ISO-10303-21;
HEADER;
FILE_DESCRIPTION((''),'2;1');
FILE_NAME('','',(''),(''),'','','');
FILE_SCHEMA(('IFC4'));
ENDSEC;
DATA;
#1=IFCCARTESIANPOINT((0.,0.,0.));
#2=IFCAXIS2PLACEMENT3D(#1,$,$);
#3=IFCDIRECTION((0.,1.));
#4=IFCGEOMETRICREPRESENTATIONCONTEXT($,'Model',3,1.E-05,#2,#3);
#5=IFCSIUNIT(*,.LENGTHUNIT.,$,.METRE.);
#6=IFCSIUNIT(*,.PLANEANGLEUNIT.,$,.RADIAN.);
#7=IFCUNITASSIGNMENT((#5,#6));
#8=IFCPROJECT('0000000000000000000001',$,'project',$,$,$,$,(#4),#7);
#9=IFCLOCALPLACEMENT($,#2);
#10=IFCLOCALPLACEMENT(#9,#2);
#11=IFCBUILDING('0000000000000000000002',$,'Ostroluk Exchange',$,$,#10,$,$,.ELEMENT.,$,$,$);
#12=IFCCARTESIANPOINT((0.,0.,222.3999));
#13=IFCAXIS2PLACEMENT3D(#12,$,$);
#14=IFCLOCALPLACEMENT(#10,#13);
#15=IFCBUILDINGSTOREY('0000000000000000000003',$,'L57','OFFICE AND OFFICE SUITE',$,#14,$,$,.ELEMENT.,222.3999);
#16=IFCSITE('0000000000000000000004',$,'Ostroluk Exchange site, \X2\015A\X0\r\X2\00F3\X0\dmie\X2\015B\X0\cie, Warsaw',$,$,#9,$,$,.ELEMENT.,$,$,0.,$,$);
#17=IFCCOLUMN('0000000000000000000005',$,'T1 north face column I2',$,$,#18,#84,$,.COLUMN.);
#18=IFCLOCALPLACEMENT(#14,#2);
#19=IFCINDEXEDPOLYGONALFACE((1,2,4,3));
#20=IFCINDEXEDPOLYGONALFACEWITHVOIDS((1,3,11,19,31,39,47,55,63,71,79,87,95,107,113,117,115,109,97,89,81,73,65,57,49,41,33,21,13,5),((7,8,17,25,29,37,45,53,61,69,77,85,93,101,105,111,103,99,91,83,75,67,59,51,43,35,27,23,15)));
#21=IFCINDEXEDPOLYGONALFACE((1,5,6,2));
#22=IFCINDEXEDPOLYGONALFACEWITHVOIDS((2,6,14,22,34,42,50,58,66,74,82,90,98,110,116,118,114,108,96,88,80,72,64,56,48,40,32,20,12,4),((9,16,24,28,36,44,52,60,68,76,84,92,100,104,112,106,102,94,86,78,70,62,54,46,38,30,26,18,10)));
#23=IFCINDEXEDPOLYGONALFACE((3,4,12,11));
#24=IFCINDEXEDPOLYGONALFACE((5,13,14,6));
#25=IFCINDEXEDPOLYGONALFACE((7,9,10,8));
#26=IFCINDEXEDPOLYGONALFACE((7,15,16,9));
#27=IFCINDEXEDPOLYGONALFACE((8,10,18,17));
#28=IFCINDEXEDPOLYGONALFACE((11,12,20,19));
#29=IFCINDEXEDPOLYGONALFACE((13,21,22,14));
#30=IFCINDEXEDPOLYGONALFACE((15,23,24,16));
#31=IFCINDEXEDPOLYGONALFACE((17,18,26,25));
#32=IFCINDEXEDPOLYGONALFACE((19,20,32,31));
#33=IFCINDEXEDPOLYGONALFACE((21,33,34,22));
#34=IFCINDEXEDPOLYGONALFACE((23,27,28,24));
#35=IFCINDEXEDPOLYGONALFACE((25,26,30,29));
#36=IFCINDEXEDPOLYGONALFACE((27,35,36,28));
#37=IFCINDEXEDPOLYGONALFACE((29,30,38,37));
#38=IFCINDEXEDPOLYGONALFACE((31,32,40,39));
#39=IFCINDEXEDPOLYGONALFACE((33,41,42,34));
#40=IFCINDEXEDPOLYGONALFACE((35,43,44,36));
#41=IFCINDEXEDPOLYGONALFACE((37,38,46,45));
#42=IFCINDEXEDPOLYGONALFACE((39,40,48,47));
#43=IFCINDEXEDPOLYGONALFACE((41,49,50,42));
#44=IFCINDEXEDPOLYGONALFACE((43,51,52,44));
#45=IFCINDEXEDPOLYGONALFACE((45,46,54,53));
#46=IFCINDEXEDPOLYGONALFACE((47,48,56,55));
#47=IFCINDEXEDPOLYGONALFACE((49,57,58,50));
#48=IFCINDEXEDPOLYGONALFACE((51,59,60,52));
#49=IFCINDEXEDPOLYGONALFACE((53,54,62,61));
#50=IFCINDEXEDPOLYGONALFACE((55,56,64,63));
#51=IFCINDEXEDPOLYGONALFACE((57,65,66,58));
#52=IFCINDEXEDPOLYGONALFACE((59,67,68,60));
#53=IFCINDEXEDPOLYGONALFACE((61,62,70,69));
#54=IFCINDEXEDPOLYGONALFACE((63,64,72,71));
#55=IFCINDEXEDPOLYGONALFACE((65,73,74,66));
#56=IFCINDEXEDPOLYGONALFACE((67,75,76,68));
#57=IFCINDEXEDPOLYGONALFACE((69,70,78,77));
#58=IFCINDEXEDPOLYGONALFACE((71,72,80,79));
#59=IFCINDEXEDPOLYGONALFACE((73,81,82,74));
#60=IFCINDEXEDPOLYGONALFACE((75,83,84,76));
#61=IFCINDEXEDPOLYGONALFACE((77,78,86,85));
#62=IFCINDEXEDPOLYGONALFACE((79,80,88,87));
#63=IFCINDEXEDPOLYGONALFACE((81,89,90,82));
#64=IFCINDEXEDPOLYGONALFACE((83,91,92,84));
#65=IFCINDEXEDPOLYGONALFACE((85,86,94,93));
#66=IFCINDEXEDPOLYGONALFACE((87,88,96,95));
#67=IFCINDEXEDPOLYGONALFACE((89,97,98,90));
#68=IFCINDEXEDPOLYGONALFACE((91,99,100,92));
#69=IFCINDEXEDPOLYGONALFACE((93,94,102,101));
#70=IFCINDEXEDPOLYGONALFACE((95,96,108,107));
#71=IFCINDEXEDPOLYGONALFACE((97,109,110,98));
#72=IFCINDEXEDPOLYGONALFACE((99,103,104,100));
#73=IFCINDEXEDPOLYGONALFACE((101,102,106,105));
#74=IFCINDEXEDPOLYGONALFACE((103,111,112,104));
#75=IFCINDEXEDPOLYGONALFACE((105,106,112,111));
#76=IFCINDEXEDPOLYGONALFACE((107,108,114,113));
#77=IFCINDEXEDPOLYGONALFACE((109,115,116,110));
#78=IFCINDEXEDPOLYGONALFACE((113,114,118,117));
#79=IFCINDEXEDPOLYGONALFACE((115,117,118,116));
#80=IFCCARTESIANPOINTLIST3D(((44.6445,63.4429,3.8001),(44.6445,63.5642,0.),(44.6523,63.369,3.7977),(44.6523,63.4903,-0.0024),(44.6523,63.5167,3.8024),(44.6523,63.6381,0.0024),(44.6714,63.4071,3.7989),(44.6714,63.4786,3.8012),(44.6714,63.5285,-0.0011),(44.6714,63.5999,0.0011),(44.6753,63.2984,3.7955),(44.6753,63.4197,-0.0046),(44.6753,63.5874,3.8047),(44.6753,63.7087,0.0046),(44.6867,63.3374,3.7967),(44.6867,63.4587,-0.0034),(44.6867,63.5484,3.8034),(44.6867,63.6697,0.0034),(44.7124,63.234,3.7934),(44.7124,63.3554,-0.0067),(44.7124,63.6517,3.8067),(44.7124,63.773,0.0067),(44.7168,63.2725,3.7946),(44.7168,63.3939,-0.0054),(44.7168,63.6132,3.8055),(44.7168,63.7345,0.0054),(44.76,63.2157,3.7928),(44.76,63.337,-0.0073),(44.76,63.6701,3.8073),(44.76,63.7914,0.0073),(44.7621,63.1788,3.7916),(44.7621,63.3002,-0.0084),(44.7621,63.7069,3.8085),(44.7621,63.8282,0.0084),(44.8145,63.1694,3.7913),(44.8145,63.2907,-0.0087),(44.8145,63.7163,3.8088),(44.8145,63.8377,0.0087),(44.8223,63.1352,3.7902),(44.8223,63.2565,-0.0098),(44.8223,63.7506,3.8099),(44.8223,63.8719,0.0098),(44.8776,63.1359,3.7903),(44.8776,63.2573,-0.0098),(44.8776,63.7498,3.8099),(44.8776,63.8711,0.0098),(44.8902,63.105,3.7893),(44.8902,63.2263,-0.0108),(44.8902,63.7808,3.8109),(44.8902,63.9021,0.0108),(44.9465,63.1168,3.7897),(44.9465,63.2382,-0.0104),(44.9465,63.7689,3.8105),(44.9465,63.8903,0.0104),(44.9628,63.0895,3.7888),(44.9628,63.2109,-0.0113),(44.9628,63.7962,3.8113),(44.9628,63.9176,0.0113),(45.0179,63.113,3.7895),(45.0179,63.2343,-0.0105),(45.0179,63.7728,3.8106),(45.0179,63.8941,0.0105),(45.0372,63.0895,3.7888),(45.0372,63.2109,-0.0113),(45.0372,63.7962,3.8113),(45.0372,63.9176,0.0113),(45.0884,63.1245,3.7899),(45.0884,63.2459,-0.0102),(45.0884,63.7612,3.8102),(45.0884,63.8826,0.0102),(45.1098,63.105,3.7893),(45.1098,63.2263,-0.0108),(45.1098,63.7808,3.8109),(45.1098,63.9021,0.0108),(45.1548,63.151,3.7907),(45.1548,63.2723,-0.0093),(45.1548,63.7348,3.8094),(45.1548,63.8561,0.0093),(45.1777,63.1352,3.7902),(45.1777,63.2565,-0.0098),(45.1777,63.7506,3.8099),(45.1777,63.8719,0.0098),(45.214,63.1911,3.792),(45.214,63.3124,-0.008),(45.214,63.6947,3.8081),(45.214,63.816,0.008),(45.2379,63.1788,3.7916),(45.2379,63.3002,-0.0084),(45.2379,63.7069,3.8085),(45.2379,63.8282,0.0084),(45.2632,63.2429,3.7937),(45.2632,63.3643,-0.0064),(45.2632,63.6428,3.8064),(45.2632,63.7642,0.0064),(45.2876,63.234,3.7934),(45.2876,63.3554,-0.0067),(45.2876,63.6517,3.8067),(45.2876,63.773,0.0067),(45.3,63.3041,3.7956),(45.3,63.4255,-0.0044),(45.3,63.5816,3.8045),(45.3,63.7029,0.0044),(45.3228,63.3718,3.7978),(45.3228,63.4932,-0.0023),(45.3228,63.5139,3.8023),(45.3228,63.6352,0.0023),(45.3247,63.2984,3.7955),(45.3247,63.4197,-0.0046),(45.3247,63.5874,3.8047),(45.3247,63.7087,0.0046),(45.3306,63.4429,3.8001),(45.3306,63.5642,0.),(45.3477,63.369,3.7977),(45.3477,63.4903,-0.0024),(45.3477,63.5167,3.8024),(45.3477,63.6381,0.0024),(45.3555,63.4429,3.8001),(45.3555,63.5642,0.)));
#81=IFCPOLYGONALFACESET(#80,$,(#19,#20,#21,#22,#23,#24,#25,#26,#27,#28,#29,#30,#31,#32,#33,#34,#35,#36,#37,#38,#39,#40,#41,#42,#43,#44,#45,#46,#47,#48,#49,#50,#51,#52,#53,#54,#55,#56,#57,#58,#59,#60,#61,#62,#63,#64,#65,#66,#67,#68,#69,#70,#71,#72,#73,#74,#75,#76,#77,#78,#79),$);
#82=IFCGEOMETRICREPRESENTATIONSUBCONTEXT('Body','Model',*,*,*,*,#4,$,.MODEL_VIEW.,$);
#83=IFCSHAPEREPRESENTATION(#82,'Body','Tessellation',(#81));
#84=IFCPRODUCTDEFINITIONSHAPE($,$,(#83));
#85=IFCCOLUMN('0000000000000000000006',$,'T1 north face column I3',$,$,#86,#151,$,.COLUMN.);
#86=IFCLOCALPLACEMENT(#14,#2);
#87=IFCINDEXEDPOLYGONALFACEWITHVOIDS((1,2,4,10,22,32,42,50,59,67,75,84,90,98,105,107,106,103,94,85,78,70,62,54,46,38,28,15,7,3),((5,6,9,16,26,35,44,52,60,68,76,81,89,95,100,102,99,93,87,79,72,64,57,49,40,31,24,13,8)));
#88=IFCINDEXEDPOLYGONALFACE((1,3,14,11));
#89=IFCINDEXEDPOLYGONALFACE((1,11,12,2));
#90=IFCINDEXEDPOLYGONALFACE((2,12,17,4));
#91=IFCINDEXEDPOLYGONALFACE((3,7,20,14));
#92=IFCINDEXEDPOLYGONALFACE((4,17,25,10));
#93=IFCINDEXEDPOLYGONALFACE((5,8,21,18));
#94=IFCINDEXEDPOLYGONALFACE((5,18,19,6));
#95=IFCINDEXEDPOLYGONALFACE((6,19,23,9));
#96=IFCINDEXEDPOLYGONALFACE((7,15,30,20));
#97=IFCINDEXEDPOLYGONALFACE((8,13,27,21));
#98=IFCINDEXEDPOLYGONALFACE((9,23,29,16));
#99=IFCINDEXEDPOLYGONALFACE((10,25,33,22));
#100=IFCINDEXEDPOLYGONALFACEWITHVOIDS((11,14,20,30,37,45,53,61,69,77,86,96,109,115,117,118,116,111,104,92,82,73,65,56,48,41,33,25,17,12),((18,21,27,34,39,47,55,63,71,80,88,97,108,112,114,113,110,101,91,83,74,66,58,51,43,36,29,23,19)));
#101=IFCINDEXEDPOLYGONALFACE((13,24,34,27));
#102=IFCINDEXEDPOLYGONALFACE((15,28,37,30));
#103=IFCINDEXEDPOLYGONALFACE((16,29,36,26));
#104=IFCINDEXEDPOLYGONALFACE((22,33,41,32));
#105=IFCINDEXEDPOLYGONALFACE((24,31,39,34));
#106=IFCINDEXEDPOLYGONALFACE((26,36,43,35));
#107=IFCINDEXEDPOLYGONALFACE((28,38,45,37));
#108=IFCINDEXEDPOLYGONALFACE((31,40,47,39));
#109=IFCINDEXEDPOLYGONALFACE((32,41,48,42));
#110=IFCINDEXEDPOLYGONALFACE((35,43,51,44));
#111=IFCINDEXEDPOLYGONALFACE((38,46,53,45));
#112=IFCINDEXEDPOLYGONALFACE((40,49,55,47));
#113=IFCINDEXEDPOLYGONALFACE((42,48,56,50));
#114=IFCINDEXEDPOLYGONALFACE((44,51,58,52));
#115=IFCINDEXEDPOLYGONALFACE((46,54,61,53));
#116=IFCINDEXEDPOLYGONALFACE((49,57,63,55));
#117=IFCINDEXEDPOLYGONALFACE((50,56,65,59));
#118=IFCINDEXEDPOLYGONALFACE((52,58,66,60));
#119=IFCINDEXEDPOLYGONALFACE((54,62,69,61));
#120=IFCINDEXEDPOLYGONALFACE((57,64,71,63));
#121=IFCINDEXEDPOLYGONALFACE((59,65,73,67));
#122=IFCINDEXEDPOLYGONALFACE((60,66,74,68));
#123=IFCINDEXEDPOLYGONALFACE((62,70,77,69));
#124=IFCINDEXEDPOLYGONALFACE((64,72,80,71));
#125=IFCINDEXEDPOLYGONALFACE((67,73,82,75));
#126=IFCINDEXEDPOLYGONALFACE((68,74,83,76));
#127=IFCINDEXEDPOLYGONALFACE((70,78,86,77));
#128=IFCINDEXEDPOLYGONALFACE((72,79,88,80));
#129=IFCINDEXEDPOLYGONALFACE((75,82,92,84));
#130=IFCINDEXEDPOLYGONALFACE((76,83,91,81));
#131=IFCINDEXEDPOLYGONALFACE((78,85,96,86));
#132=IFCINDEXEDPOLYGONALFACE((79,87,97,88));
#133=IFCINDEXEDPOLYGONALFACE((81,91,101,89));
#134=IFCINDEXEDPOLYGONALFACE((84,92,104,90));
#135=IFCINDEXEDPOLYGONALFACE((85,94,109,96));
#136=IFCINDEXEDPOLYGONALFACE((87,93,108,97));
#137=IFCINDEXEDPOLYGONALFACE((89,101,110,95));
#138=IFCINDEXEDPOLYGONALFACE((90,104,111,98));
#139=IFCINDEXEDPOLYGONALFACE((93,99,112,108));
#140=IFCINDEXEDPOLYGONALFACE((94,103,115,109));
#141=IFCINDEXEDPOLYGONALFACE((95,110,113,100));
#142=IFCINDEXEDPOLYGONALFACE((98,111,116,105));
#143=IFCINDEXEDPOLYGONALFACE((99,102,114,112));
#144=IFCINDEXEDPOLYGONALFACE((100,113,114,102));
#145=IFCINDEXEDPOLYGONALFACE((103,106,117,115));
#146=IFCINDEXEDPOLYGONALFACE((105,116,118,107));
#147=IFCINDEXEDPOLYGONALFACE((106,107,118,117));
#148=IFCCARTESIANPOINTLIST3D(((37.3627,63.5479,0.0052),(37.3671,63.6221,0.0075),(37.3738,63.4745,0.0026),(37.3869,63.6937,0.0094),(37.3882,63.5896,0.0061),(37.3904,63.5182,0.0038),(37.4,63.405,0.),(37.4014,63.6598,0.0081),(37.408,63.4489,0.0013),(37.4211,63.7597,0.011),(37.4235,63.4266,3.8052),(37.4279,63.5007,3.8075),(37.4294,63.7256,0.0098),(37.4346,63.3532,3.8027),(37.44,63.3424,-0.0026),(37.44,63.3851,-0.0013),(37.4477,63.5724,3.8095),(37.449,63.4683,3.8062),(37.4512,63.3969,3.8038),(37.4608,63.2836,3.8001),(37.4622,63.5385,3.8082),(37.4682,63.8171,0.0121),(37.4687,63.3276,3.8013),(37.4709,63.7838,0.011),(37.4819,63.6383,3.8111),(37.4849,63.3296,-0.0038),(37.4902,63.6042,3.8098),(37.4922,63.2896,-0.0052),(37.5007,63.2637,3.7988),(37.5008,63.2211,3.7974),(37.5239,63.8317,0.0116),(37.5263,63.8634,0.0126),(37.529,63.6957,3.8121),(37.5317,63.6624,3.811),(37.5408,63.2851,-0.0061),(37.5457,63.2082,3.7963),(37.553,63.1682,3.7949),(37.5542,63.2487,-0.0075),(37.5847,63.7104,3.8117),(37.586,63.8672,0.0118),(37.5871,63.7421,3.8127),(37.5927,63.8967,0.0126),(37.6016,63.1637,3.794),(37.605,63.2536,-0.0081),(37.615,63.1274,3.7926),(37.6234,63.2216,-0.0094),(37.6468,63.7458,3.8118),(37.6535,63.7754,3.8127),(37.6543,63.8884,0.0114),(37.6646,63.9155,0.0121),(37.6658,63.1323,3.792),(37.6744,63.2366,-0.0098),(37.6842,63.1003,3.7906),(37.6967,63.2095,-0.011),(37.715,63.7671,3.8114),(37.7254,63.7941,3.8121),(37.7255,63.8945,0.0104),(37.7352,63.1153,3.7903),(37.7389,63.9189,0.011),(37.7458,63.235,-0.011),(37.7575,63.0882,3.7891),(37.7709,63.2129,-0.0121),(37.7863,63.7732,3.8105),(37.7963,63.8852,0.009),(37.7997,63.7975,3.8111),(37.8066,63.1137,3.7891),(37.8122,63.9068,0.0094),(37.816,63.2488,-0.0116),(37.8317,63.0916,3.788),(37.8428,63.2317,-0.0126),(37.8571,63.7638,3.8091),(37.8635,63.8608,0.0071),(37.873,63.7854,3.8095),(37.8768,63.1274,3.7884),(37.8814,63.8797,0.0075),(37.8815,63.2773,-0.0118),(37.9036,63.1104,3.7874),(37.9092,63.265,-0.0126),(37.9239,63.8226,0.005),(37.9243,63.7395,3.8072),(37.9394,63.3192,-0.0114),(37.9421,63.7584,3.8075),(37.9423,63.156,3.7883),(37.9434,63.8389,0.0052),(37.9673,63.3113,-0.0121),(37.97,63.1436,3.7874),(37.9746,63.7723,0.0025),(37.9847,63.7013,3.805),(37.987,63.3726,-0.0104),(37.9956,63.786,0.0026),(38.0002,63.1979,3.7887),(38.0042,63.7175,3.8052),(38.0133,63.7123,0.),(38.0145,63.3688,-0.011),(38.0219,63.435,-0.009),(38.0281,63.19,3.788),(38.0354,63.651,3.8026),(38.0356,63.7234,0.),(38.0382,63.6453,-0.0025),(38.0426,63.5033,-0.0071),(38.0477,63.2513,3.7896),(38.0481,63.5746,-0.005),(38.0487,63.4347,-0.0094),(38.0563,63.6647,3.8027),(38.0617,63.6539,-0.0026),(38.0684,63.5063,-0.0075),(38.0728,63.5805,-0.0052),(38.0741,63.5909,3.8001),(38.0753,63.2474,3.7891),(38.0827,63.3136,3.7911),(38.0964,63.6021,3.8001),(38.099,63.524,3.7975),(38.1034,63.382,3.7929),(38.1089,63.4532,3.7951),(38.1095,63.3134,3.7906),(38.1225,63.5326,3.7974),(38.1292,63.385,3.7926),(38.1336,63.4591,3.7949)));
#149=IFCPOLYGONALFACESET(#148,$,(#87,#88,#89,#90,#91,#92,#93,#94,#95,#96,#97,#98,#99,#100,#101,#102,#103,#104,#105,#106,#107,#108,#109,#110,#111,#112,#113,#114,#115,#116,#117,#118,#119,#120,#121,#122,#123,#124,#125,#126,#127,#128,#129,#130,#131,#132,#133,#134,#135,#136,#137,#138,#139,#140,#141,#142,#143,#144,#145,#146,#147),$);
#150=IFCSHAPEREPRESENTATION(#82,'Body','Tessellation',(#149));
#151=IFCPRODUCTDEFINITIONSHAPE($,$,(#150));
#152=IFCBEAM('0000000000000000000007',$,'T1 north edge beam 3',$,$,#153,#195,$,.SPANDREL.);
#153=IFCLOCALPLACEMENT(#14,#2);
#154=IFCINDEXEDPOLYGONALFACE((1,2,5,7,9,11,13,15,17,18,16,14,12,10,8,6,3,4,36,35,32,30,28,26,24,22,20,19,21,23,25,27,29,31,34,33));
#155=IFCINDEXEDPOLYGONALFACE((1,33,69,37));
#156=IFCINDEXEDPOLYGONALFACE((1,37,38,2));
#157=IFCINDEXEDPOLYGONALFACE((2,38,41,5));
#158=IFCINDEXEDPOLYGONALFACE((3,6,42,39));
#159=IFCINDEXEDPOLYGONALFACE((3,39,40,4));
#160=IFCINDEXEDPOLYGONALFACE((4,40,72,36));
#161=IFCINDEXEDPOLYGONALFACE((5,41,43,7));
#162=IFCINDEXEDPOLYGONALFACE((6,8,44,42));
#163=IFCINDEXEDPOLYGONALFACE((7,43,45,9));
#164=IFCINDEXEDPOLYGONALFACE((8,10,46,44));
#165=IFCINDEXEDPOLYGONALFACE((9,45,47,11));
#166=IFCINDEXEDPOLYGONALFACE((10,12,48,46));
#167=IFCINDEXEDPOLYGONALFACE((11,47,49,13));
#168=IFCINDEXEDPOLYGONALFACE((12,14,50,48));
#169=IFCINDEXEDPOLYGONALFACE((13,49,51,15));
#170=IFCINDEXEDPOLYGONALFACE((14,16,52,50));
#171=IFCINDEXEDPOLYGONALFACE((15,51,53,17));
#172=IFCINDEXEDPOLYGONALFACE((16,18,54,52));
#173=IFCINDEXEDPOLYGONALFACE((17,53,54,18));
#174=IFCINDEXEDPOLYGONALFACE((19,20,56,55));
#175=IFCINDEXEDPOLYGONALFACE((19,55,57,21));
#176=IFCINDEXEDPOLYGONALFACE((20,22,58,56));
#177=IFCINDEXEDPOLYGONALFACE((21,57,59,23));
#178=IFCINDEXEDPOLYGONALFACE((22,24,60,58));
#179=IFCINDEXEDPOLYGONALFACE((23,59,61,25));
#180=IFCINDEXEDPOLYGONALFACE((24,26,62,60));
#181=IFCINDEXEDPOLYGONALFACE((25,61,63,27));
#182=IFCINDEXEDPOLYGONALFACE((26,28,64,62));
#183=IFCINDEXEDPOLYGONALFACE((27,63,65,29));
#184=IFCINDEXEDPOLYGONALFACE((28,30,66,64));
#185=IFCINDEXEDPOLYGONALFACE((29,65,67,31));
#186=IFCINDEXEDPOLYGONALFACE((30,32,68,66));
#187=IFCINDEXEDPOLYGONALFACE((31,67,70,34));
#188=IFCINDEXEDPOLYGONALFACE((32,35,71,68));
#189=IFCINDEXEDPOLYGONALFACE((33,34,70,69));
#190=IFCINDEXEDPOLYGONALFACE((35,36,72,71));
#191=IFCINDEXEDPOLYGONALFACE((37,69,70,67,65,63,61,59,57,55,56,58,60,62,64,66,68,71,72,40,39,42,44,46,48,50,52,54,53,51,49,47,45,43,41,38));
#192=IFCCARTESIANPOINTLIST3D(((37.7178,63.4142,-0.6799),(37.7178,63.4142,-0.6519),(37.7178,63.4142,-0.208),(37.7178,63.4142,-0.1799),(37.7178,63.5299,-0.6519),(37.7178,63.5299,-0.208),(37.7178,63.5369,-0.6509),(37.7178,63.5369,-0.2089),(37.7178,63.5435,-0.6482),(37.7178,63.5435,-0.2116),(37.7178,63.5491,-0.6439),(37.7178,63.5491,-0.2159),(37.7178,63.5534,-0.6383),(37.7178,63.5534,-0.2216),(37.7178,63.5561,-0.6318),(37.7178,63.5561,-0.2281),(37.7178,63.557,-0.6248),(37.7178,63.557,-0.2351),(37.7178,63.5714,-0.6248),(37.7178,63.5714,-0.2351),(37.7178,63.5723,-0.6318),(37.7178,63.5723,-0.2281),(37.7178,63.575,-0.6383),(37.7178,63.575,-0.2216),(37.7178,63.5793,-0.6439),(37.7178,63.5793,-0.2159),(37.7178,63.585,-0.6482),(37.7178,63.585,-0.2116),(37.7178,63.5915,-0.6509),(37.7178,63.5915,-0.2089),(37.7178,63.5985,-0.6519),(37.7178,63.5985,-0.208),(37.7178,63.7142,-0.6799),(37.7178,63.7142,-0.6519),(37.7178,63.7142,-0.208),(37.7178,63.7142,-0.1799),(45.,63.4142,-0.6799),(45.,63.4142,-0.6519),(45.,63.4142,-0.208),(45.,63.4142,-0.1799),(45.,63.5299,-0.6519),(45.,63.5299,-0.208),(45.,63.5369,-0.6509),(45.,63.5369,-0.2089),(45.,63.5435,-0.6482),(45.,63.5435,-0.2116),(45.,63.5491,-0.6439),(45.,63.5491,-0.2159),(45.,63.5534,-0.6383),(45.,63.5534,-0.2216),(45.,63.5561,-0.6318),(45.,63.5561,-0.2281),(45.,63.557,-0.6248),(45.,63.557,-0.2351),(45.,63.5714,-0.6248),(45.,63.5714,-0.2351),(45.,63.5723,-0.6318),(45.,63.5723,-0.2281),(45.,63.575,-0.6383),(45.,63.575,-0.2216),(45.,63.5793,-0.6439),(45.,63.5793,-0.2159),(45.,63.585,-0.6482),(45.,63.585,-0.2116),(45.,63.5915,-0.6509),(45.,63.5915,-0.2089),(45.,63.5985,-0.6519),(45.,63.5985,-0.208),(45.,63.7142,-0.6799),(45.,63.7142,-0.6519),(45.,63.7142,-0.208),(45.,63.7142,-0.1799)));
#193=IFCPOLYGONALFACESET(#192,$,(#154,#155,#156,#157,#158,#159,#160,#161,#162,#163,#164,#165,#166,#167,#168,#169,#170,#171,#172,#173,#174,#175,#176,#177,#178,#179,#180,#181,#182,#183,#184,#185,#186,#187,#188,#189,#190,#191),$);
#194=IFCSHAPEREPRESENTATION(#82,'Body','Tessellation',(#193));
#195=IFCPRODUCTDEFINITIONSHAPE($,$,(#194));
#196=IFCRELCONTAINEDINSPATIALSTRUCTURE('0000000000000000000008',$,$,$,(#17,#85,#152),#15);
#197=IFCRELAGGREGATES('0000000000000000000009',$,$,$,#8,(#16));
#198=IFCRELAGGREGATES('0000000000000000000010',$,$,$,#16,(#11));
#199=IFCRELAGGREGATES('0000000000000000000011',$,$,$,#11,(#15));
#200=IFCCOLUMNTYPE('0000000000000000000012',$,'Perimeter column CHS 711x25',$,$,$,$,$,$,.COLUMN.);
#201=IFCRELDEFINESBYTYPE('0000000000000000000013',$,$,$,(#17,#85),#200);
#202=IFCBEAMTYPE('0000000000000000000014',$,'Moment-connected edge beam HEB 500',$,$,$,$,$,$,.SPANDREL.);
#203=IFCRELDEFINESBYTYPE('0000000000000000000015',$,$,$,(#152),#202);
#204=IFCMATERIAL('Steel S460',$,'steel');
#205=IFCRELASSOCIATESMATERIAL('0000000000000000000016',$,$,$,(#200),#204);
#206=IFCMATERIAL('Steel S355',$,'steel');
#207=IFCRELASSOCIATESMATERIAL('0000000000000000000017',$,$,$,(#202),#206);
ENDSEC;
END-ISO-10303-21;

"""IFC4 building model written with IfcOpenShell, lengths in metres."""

from ifc_helpers import new_model, si_unit, direction, frame, origin, origin_2d, place, context, subcontext, project, spatial, hollow_circle, i_section, extrude, material, material_profile, profile_set, type_object, element, save


model = new_model("IFC4")

# Units and contexts
model_context = context("Model", 3, precision=1e-05, world=origin(), true_north=direction((0.0, 1.0)))
body_context = subcontext(model_context, "Body", "Model", "MODEL_VIEW")
ifc_project = project(units=[si_unit("LENGTHUNIT", "METRE"), si_unit("PLANEANGLEUNIT", "RADIAN")], contexts=[model_context])

# Site, building, storey
site_placement = place(None, origin())
site = spatial("IfcSite", under=ifc_project, at=site_placement, Name="Ostroluk Exchange site, Śródmieście, Warsaw", CompositionType="ELEMENT", RefElevation=0.0)
building_placement = place(site_placement, origin())
building = spatial("IfcBuilding", under=site, at=building_placement, Name="Ostroluk Exchange", CompositionType="ELEMENT")
storey_placement = place(building_placement, frame((0.0, 0.0, 222.3999)))
storey = spatial("IfcBuildingStorey", under=building, at=storey_placement, Name="L57", Description="OFFICE AND OFFICE SUITE", CompositionType="ELEMENT", Elevation=222.3999)

# Columns
ifc_material_1 = material(Name="Steel S460", Category="steel")
ifc_material_profile_1 = material_profile(ifc_material_1, hollow_circle(Radius=0.3555, WallThickness=0.0249, at=origin_2d()), Name="CHS 711x25")
ifc_profile_set_1 = profile_set([ifc_material_profile_1], Name="Steel S460")
column_type = type_object("IfcColumnType", Name="Perimeter column CHS 711x25", PredefinedType="COLUMN", material=ifc_profile_set_1)
column_1_placement = place(storey_placement, frame((45.0, 63.5642, 0.0), z_axis=(0.0, -0.031914, 0.999491), x_axis=(1.0, 0.0, 0.0)))
element("IfcColumn", 1, at=column_1_placement, inside=storey, type_object=column_type, Name="T1 north face column I2", PredefinedType="COLUMN", context=body_context, shape_type="SweptSolid", body=[
    extrude(hollow_circle(Radius=0.3555, WallThickness=0.0249, at=origin_2d()), origin(), (0.0, 0.0, 1.0), 3.802),
])
column_2_placement = place(storey_placement, frame((37.7178, 63.5642, 0.0), z_axis=(0.015987, -0.03191, 0.999363), x_axis=(0.894067, 0.447933, 0.0)))
element("IfcColumn", 2, at=column_2_placement, inside=storey, type_object=column_type, Name="T1 north face column I3", PredefinedType="COLUMN", context=body_context, shape_type="SweptSolid", body=[
    extrude(hollow_circle(Radius=0.3555, WallThickness=0.0249, at=origin_2d()), origin(), (0.0, 0.0, 1.0), 3.8025),
])

# Beam
ifc_material_2 = material(Name="Steel S355", Category="steel")
ifc_material_profile_2 = material_profile(ifc_material_2, i_section(OverallWidth=0.3, OverallDepth=0.5, WebThickness=0.0144, FlangeThickness=0.0281, FilletRadius=0.0271, at=origin_2d()), Name="HEB 500")
ifc_profile_set_2 = profile_set([ifc_material_profile_2], Name="Steel S355")
beam_type = type_object("IfcBeamType", Name="Moment-connected edge beam HEB 500", PredefinedType="SPANDREL", material=ifc_profile_set_2)
beam_1_placement = place(storey_placement, frame((45.0, 63.5642, -0.4299), z_axis=(-1.0, 0.0, 0.0), x_axis=(0.0, -1.0, 0.0)))
element("IfcBeam", 3, at=beam_1_placement, inside=storey, type_object=beam_type, Name="T1 north edge beam 3", PredefinedType="SPANDREL", context=body_context, shape_type="SweptSolid", body=[
    extrude(i_section(OverallWidth=0.3, OverallDepth=0.5, WebThickness=0.0144, FlangeThickness=0.0281, FilletRadius=0.0271, at=origin_2d()), origin(), (0.0, 0.0, 1.0), 7.2822),
])

save(model, "model.ifc")
